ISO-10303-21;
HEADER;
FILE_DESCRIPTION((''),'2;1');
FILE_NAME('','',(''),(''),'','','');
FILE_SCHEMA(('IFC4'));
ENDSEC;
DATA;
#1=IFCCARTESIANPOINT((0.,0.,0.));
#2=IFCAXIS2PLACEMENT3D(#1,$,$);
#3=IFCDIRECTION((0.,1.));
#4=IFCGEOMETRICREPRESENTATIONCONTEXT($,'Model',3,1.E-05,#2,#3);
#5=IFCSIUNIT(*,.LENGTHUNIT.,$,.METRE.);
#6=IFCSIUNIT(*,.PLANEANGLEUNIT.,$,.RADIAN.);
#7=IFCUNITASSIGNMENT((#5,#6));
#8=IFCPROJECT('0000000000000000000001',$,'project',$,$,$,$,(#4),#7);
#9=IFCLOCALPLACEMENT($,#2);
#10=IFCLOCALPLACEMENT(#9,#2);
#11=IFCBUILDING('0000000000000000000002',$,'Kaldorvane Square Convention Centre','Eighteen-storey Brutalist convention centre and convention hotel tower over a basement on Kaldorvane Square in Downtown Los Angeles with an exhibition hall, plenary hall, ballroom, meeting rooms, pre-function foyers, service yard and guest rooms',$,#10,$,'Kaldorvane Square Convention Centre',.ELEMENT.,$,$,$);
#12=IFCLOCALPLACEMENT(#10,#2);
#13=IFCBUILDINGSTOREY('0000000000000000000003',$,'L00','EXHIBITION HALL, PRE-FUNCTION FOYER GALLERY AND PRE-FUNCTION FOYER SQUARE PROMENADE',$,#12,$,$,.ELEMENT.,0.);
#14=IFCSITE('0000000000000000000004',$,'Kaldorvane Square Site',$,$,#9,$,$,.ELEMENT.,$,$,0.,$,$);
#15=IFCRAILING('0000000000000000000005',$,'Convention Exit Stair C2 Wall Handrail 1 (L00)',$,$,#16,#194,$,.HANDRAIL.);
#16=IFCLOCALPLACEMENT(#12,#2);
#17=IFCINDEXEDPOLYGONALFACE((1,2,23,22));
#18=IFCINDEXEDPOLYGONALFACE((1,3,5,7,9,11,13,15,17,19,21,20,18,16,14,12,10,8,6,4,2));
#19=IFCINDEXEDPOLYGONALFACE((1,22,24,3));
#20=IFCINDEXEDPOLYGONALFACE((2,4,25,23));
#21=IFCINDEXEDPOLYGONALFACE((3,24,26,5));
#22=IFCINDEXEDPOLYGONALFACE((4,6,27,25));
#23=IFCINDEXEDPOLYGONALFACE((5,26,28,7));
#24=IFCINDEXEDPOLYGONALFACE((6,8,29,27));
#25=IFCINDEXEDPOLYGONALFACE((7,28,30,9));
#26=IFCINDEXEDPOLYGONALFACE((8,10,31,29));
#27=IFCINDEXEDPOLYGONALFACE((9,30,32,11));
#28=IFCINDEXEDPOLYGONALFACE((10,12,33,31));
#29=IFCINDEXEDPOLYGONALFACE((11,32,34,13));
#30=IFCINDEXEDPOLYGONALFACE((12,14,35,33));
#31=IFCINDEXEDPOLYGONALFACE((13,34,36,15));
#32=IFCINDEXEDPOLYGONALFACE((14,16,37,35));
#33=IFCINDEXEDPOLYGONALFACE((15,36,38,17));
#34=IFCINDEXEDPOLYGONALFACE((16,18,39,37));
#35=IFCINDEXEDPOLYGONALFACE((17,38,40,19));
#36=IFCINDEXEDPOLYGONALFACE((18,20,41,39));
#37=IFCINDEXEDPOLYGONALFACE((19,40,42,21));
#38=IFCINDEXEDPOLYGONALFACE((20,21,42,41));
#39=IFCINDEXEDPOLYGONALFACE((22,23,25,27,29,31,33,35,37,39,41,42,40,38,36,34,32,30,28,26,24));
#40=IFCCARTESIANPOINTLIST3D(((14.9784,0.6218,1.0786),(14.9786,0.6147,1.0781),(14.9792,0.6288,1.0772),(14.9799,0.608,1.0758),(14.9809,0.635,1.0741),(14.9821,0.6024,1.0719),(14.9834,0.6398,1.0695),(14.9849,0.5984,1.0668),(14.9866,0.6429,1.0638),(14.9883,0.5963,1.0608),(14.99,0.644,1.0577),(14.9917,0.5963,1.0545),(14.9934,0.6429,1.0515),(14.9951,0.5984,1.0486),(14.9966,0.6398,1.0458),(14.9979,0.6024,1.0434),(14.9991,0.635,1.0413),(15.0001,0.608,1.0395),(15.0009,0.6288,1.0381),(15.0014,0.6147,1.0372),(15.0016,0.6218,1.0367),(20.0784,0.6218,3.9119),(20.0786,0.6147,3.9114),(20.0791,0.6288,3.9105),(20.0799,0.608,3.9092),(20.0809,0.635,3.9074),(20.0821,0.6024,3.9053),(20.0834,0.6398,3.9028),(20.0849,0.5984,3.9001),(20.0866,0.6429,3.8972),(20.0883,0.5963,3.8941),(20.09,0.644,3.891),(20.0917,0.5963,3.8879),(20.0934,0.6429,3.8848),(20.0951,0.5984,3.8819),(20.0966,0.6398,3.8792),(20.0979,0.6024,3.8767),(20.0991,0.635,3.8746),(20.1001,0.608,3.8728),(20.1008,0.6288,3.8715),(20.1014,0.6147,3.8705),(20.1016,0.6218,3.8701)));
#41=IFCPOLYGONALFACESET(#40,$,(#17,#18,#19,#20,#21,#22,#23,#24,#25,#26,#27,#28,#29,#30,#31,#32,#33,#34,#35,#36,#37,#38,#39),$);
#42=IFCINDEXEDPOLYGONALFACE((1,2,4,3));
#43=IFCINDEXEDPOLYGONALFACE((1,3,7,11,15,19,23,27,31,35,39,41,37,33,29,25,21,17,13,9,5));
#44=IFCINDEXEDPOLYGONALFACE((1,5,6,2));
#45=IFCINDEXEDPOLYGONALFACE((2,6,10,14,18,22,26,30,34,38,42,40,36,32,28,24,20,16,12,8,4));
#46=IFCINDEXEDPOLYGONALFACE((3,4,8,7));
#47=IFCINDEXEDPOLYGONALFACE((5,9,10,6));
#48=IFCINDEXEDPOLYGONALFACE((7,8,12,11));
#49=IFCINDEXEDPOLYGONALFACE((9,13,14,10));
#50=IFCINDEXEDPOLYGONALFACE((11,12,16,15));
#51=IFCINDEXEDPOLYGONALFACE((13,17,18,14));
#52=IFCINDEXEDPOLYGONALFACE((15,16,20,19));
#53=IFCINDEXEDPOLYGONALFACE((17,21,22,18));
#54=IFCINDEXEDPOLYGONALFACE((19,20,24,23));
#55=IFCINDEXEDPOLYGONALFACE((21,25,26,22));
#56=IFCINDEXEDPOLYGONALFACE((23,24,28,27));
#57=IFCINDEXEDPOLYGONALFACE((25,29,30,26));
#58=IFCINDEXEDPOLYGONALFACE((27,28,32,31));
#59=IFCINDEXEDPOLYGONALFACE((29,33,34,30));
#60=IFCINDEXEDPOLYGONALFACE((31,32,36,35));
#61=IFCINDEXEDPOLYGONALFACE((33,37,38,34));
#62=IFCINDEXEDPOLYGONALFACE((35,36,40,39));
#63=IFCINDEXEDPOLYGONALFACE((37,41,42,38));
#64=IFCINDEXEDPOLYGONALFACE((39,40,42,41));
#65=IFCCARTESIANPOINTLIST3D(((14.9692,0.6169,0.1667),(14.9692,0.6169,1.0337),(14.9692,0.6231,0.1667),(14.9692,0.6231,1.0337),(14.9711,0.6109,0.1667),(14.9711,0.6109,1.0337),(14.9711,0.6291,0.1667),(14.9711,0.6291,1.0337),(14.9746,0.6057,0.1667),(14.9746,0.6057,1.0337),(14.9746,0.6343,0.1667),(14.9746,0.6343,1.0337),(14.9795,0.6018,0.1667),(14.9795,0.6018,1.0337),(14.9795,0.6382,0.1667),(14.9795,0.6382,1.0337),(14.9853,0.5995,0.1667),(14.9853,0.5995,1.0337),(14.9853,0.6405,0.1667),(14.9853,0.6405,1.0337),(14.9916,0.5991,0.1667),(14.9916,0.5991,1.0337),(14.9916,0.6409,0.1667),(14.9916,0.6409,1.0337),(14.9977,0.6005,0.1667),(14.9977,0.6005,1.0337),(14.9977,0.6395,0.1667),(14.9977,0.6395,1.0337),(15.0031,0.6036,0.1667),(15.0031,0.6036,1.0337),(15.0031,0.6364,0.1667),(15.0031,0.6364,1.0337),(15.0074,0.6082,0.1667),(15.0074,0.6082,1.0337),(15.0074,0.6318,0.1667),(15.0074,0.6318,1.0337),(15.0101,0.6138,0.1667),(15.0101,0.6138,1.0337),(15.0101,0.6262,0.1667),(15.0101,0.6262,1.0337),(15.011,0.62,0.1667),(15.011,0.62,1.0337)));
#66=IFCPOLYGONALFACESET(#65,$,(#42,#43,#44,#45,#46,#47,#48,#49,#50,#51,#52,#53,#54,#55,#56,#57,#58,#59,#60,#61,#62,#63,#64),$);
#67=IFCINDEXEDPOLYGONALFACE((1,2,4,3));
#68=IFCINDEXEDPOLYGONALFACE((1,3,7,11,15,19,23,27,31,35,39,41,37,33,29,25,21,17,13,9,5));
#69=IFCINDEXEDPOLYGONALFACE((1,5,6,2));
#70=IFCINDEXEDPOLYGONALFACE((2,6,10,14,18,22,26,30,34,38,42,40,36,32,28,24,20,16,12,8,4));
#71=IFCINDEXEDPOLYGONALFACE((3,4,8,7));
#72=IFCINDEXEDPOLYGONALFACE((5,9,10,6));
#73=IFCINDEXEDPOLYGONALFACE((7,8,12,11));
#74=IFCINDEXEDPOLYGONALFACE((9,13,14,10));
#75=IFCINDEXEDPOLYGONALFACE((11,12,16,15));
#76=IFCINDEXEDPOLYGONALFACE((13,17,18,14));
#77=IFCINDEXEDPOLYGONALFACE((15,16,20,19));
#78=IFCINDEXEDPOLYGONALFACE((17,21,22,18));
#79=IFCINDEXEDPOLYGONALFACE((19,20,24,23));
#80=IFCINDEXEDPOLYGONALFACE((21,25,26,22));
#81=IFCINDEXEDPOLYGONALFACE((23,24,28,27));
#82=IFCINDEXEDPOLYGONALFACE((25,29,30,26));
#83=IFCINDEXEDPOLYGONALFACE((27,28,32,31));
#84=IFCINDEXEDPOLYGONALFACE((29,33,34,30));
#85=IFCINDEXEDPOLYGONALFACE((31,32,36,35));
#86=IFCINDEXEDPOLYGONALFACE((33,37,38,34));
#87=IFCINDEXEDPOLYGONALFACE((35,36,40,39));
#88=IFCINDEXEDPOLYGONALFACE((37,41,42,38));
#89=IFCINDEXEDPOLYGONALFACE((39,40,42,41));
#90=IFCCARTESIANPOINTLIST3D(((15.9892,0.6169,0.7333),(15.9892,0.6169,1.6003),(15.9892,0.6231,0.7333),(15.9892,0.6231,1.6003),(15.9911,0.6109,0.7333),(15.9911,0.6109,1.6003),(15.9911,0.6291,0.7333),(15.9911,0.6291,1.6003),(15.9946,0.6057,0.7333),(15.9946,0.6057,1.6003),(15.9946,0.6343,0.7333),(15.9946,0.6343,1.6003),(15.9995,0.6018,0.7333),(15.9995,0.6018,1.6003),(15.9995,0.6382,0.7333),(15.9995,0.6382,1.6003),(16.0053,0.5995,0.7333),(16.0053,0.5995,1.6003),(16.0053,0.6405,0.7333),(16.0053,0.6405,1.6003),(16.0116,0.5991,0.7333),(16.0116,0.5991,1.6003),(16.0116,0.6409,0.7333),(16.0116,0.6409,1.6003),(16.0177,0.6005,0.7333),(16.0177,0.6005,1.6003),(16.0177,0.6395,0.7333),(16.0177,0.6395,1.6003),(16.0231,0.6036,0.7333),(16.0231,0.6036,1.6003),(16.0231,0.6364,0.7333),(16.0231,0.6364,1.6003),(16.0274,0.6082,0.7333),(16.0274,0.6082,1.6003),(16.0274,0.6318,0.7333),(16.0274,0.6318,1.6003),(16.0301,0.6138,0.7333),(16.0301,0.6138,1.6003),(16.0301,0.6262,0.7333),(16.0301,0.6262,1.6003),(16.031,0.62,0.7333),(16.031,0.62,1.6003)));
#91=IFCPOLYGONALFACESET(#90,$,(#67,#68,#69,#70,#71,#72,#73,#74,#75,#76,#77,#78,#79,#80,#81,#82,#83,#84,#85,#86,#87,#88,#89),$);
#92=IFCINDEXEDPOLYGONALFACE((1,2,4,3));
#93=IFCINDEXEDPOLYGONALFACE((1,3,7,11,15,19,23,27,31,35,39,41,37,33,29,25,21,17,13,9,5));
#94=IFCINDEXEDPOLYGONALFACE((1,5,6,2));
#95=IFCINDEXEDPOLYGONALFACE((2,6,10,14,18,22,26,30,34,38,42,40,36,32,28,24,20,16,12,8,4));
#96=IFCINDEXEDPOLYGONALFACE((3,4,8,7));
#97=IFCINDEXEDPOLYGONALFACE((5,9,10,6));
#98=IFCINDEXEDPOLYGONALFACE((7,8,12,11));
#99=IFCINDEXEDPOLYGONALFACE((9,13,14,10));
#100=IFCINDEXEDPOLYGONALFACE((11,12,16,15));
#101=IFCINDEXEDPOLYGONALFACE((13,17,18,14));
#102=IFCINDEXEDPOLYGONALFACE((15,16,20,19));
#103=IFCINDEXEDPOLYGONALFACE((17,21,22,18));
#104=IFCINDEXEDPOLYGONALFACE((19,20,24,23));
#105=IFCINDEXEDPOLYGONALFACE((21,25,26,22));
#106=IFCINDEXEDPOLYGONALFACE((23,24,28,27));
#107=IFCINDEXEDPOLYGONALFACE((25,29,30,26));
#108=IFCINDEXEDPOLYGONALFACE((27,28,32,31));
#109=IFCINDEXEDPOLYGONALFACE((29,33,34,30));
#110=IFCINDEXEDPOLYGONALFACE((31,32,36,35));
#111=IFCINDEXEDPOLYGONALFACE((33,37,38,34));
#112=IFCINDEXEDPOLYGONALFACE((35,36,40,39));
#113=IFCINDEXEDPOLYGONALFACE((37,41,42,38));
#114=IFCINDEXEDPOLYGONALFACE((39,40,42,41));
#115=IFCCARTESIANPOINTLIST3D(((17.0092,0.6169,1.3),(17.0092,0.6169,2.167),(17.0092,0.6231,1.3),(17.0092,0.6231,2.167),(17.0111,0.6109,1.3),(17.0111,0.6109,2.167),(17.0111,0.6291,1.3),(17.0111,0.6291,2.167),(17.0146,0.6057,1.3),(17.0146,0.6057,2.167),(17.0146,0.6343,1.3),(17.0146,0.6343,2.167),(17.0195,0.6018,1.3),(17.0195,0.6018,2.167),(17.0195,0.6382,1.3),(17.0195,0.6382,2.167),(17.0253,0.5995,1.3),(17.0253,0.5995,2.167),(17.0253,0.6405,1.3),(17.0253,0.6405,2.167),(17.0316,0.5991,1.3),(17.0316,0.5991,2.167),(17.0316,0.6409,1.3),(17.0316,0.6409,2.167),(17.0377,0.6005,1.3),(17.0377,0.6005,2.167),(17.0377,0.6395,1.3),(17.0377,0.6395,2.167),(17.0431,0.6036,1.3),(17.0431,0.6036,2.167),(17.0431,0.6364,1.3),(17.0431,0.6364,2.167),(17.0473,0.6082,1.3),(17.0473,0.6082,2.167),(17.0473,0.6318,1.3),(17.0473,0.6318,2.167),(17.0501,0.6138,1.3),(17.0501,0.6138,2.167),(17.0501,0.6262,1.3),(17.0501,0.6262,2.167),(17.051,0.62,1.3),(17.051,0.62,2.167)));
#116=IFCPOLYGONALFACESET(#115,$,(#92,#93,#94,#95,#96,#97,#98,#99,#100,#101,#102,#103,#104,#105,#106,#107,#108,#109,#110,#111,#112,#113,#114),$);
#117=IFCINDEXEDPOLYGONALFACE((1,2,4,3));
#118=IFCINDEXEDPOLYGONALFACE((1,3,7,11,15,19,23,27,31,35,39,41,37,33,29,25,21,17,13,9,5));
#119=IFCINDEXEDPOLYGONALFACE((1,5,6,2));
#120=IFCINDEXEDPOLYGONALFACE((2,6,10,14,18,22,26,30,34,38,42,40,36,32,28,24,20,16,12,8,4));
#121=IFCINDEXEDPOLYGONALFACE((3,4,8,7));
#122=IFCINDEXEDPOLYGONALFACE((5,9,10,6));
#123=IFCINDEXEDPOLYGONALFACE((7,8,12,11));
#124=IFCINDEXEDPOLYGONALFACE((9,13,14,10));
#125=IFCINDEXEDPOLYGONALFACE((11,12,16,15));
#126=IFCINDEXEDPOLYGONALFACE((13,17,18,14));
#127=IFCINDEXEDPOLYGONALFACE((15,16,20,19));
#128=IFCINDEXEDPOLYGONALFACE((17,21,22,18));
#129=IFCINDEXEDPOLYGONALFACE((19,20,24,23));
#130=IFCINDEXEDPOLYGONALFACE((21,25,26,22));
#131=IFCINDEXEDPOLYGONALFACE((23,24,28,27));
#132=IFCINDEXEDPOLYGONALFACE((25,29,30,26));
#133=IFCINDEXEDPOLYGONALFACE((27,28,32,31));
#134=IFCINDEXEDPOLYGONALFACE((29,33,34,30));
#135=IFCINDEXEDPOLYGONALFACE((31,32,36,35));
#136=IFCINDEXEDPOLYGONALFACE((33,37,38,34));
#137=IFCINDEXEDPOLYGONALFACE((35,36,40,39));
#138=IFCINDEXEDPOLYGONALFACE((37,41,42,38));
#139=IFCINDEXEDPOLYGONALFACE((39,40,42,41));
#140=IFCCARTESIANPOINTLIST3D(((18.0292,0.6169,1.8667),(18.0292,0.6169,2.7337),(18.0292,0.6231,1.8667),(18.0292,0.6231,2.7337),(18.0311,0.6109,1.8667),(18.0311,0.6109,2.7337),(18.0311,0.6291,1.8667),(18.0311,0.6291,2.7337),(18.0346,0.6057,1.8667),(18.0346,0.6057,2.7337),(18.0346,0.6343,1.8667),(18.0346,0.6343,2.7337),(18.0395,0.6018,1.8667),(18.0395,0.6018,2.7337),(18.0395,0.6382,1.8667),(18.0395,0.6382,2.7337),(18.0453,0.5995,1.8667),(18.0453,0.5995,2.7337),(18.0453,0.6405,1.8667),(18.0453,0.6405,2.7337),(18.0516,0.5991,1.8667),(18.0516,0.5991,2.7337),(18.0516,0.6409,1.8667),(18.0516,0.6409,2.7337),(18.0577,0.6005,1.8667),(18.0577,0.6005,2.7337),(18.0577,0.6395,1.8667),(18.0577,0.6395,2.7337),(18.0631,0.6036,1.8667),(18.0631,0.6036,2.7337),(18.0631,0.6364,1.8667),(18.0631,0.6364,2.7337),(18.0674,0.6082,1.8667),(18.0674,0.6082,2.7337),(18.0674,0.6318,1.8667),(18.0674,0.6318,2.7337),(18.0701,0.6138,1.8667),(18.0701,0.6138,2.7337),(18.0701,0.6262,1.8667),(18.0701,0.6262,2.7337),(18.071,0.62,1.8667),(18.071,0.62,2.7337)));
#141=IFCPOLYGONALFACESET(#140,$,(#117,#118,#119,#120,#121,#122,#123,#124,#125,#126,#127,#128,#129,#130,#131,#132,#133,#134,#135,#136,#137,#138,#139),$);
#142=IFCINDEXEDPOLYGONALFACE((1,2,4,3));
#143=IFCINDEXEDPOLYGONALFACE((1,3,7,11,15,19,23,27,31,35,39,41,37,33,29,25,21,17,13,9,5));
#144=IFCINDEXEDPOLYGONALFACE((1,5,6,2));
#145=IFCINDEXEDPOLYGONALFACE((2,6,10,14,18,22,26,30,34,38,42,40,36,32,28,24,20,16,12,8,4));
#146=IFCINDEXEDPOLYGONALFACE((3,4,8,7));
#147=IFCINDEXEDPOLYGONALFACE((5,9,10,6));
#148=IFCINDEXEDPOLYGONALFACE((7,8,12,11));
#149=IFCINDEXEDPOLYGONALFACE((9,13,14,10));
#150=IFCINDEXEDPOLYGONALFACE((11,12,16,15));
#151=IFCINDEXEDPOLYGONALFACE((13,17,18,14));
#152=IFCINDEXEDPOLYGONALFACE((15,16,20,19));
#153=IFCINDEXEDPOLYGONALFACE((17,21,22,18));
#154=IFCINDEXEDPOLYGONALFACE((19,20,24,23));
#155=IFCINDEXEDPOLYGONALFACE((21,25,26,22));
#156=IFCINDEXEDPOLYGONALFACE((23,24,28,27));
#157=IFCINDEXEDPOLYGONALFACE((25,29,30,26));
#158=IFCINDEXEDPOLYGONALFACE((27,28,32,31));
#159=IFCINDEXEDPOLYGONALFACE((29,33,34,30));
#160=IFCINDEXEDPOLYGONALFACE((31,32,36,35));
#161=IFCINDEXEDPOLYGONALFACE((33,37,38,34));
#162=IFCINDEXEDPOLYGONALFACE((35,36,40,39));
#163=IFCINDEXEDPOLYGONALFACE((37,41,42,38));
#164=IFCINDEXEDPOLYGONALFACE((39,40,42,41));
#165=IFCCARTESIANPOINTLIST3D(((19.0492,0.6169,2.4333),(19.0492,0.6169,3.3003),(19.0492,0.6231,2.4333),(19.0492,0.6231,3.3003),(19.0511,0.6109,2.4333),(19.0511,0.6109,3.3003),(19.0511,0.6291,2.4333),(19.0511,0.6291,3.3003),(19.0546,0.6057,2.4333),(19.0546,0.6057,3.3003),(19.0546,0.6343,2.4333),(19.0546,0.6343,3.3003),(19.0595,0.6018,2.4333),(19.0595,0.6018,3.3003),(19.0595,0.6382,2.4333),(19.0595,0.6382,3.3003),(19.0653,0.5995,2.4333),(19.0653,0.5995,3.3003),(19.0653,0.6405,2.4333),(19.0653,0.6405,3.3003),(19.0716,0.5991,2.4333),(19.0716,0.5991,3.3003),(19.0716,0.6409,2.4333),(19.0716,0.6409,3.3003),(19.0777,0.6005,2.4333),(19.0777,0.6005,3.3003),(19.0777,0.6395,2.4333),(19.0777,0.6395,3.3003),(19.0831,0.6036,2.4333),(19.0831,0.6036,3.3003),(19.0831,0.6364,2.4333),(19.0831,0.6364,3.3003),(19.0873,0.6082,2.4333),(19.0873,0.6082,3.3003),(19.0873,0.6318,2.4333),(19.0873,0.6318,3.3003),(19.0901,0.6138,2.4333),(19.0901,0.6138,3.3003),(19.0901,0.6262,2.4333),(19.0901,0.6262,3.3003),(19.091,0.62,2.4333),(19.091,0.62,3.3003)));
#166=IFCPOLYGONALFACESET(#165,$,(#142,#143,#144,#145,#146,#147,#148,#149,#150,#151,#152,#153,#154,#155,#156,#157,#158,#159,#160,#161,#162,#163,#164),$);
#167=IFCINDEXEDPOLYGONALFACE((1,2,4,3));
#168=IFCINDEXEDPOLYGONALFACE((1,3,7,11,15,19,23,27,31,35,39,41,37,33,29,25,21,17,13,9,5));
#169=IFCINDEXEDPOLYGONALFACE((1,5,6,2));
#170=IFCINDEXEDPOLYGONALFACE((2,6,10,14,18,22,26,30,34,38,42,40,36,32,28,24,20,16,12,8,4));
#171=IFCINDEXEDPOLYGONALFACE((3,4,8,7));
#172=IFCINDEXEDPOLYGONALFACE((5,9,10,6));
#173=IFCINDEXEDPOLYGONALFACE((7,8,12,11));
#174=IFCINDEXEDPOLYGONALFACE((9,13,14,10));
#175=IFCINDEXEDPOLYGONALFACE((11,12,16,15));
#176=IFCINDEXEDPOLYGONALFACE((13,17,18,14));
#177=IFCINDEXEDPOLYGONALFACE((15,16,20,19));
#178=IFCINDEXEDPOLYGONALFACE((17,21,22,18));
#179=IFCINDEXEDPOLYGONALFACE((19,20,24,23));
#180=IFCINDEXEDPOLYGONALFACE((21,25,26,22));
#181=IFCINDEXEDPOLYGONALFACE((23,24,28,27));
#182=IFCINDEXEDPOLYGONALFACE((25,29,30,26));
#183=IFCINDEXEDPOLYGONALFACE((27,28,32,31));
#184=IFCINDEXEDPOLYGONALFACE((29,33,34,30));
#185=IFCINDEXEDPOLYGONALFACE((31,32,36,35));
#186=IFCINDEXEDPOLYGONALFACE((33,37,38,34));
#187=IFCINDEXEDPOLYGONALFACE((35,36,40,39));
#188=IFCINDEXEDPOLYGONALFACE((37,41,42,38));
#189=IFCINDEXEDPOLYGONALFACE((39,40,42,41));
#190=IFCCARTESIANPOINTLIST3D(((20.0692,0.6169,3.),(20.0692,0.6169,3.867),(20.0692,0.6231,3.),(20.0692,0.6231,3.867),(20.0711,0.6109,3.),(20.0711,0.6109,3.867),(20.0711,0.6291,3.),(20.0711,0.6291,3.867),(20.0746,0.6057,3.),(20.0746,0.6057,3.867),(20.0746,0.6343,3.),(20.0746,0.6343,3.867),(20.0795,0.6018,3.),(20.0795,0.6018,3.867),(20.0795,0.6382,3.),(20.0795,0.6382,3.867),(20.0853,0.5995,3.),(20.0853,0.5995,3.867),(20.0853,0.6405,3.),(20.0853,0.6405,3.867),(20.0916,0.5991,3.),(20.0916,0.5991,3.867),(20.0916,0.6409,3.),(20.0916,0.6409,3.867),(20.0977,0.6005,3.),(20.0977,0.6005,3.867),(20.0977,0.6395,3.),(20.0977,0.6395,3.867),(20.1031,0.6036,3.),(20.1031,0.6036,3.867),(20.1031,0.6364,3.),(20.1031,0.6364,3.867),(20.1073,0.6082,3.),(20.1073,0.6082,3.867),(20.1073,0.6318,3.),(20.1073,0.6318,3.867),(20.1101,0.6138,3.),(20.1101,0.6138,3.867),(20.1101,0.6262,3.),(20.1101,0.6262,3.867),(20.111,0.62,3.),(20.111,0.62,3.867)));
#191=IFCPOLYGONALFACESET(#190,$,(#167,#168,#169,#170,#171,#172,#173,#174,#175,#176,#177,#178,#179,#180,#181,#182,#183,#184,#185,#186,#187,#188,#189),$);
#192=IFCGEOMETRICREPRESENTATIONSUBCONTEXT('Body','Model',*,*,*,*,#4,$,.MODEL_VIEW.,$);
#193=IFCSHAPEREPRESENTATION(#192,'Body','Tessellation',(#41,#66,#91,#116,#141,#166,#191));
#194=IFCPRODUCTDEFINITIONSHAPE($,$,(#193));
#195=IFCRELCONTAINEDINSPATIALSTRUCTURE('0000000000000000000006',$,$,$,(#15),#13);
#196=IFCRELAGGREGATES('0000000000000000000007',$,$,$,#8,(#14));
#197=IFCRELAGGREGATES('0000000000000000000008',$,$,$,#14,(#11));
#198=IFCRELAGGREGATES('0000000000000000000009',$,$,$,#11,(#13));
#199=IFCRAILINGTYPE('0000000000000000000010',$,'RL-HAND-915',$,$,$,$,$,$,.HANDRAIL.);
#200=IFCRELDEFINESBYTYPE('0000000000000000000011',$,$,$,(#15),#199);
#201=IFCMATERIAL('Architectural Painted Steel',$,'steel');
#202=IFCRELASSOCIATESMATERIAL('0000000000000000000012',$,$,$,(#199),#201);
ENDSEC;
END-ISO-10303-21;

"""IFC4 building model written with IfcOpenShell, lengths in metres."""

from ifc_helpers import new_model, si_unit, direction, frame, origin, origin_2d, place, context, subcontext, project, spatial, circle, extrude, material, type_object, element, save


model = new_model("IFC4")

# Units and contexts
model_context = context("Model", 3, precision=1e-05, world=origin(), true_north=direction((0.0, 1.0)))
body_context = subcontext(model_context, "Body", "Model", "MODEL_VIEW")
ifc_project = project(units=[si_unit("LENGTHUNIT", "METRE"), si_unit("PLANEANGLEUNIT", "RADIAN")], contexts=[model_context])

# Site, building, storey
site_placement = place(None, origin())
site = spatial("IfcSite", under=ifc_project, at=site_placement, Name="Kaldorvane Square Site", CompositionType="ELEMENT", RefElevation=0.0)
building_placement = place(site_placement, origin())
building = spatial("IfcBuilding", under=site, at=building_placement, Name="Kaldorvane Square Convention Centre", Description="Eighteen-storey Brutalist convention centre and convention hotel tower over a basement on Kaldorvane Square in Downtown Los Angeles with an exhibition hall, plenary hall, ballroom, meeting rooms, pre-function foyers, service yard and guest rooms", LongName="Kaldorvane Square Convention Centre", CompositionType="ELEMENT")
storey_placement = place(building_placement, origin())
storey = spatial("IfcBuildingStorey", under=building, at=storey_placement, Name="L00", Description="EXHIBITION HALL, PRE-FUNCTION FOYER GALLERY AND PRE-FUNCTION FOYER SQUARE PROMENADE", CompositionType="ELEMENT", Elevation=0.0)

# Railing
ifc_material_1 = material(Name="Architectural Painted Steel", Category="steel")
railing_type_1 = type_object("IfcRailingType", Name="RL-HAND-915", PredefinedType="HANDRAIL", material=ifc_material_1)
railing_1_placement = place(storey_placement, frame((14.99, 0.62, 0.1667)))
element("IfcRailing", 1, at=railing_1_placement, inside=storey, type_object=railing_type_1, Name="Convention Exit Stair C2 Wall Handrail 1 (L00)", PredefinedType="HANDRAIL", context=body_context, shape_type="SweptSolid", body=[
    extrude(circle(Radius=0.024, at=origin_2d()), frame((0.0, 0.0, 0.891), z_axis=(0.874157, 0.0, 0.485643), x_axis=(0.0, 1.0, 0.0)), (0.0, 0.0, 1.0), 5.8342),
    extrude(circle(Radius=0.021, at=origin_2d()), origin(), (0.0, 0.0, 1.0), 0.867),
    extrude(circle(Radius=0.021, at=origin_2d()), frame((1.02, 0.0, 0.5667)), (0.0, 0.0, 1.0), 0.867),
    extrude(circle(Radius=0.021, at=origin_2d()), frame((2.04, 0.0, 1.1333)), (0.0, 0.0, 1.0), 0.867),
    extrude(circle(Radius=0.021, at=origin_2d()), frame((3.06, 0.0, 1.7)), (0.0, 0.0, 1.0), 0.867),
    extrude(circle(Radius=0.021, at=origin_2d()), frame((4.08, 0.0, 2.2667)), (0.0, 0.0, 1.0), 0.867),
    extrude(circle(Radius=0.021, at=origin_2d()), frame((5.1, 0.0, 2.8333)), (0.0, 0.0, 1.0), 0.867),
])

save(model, "model.ifc")
